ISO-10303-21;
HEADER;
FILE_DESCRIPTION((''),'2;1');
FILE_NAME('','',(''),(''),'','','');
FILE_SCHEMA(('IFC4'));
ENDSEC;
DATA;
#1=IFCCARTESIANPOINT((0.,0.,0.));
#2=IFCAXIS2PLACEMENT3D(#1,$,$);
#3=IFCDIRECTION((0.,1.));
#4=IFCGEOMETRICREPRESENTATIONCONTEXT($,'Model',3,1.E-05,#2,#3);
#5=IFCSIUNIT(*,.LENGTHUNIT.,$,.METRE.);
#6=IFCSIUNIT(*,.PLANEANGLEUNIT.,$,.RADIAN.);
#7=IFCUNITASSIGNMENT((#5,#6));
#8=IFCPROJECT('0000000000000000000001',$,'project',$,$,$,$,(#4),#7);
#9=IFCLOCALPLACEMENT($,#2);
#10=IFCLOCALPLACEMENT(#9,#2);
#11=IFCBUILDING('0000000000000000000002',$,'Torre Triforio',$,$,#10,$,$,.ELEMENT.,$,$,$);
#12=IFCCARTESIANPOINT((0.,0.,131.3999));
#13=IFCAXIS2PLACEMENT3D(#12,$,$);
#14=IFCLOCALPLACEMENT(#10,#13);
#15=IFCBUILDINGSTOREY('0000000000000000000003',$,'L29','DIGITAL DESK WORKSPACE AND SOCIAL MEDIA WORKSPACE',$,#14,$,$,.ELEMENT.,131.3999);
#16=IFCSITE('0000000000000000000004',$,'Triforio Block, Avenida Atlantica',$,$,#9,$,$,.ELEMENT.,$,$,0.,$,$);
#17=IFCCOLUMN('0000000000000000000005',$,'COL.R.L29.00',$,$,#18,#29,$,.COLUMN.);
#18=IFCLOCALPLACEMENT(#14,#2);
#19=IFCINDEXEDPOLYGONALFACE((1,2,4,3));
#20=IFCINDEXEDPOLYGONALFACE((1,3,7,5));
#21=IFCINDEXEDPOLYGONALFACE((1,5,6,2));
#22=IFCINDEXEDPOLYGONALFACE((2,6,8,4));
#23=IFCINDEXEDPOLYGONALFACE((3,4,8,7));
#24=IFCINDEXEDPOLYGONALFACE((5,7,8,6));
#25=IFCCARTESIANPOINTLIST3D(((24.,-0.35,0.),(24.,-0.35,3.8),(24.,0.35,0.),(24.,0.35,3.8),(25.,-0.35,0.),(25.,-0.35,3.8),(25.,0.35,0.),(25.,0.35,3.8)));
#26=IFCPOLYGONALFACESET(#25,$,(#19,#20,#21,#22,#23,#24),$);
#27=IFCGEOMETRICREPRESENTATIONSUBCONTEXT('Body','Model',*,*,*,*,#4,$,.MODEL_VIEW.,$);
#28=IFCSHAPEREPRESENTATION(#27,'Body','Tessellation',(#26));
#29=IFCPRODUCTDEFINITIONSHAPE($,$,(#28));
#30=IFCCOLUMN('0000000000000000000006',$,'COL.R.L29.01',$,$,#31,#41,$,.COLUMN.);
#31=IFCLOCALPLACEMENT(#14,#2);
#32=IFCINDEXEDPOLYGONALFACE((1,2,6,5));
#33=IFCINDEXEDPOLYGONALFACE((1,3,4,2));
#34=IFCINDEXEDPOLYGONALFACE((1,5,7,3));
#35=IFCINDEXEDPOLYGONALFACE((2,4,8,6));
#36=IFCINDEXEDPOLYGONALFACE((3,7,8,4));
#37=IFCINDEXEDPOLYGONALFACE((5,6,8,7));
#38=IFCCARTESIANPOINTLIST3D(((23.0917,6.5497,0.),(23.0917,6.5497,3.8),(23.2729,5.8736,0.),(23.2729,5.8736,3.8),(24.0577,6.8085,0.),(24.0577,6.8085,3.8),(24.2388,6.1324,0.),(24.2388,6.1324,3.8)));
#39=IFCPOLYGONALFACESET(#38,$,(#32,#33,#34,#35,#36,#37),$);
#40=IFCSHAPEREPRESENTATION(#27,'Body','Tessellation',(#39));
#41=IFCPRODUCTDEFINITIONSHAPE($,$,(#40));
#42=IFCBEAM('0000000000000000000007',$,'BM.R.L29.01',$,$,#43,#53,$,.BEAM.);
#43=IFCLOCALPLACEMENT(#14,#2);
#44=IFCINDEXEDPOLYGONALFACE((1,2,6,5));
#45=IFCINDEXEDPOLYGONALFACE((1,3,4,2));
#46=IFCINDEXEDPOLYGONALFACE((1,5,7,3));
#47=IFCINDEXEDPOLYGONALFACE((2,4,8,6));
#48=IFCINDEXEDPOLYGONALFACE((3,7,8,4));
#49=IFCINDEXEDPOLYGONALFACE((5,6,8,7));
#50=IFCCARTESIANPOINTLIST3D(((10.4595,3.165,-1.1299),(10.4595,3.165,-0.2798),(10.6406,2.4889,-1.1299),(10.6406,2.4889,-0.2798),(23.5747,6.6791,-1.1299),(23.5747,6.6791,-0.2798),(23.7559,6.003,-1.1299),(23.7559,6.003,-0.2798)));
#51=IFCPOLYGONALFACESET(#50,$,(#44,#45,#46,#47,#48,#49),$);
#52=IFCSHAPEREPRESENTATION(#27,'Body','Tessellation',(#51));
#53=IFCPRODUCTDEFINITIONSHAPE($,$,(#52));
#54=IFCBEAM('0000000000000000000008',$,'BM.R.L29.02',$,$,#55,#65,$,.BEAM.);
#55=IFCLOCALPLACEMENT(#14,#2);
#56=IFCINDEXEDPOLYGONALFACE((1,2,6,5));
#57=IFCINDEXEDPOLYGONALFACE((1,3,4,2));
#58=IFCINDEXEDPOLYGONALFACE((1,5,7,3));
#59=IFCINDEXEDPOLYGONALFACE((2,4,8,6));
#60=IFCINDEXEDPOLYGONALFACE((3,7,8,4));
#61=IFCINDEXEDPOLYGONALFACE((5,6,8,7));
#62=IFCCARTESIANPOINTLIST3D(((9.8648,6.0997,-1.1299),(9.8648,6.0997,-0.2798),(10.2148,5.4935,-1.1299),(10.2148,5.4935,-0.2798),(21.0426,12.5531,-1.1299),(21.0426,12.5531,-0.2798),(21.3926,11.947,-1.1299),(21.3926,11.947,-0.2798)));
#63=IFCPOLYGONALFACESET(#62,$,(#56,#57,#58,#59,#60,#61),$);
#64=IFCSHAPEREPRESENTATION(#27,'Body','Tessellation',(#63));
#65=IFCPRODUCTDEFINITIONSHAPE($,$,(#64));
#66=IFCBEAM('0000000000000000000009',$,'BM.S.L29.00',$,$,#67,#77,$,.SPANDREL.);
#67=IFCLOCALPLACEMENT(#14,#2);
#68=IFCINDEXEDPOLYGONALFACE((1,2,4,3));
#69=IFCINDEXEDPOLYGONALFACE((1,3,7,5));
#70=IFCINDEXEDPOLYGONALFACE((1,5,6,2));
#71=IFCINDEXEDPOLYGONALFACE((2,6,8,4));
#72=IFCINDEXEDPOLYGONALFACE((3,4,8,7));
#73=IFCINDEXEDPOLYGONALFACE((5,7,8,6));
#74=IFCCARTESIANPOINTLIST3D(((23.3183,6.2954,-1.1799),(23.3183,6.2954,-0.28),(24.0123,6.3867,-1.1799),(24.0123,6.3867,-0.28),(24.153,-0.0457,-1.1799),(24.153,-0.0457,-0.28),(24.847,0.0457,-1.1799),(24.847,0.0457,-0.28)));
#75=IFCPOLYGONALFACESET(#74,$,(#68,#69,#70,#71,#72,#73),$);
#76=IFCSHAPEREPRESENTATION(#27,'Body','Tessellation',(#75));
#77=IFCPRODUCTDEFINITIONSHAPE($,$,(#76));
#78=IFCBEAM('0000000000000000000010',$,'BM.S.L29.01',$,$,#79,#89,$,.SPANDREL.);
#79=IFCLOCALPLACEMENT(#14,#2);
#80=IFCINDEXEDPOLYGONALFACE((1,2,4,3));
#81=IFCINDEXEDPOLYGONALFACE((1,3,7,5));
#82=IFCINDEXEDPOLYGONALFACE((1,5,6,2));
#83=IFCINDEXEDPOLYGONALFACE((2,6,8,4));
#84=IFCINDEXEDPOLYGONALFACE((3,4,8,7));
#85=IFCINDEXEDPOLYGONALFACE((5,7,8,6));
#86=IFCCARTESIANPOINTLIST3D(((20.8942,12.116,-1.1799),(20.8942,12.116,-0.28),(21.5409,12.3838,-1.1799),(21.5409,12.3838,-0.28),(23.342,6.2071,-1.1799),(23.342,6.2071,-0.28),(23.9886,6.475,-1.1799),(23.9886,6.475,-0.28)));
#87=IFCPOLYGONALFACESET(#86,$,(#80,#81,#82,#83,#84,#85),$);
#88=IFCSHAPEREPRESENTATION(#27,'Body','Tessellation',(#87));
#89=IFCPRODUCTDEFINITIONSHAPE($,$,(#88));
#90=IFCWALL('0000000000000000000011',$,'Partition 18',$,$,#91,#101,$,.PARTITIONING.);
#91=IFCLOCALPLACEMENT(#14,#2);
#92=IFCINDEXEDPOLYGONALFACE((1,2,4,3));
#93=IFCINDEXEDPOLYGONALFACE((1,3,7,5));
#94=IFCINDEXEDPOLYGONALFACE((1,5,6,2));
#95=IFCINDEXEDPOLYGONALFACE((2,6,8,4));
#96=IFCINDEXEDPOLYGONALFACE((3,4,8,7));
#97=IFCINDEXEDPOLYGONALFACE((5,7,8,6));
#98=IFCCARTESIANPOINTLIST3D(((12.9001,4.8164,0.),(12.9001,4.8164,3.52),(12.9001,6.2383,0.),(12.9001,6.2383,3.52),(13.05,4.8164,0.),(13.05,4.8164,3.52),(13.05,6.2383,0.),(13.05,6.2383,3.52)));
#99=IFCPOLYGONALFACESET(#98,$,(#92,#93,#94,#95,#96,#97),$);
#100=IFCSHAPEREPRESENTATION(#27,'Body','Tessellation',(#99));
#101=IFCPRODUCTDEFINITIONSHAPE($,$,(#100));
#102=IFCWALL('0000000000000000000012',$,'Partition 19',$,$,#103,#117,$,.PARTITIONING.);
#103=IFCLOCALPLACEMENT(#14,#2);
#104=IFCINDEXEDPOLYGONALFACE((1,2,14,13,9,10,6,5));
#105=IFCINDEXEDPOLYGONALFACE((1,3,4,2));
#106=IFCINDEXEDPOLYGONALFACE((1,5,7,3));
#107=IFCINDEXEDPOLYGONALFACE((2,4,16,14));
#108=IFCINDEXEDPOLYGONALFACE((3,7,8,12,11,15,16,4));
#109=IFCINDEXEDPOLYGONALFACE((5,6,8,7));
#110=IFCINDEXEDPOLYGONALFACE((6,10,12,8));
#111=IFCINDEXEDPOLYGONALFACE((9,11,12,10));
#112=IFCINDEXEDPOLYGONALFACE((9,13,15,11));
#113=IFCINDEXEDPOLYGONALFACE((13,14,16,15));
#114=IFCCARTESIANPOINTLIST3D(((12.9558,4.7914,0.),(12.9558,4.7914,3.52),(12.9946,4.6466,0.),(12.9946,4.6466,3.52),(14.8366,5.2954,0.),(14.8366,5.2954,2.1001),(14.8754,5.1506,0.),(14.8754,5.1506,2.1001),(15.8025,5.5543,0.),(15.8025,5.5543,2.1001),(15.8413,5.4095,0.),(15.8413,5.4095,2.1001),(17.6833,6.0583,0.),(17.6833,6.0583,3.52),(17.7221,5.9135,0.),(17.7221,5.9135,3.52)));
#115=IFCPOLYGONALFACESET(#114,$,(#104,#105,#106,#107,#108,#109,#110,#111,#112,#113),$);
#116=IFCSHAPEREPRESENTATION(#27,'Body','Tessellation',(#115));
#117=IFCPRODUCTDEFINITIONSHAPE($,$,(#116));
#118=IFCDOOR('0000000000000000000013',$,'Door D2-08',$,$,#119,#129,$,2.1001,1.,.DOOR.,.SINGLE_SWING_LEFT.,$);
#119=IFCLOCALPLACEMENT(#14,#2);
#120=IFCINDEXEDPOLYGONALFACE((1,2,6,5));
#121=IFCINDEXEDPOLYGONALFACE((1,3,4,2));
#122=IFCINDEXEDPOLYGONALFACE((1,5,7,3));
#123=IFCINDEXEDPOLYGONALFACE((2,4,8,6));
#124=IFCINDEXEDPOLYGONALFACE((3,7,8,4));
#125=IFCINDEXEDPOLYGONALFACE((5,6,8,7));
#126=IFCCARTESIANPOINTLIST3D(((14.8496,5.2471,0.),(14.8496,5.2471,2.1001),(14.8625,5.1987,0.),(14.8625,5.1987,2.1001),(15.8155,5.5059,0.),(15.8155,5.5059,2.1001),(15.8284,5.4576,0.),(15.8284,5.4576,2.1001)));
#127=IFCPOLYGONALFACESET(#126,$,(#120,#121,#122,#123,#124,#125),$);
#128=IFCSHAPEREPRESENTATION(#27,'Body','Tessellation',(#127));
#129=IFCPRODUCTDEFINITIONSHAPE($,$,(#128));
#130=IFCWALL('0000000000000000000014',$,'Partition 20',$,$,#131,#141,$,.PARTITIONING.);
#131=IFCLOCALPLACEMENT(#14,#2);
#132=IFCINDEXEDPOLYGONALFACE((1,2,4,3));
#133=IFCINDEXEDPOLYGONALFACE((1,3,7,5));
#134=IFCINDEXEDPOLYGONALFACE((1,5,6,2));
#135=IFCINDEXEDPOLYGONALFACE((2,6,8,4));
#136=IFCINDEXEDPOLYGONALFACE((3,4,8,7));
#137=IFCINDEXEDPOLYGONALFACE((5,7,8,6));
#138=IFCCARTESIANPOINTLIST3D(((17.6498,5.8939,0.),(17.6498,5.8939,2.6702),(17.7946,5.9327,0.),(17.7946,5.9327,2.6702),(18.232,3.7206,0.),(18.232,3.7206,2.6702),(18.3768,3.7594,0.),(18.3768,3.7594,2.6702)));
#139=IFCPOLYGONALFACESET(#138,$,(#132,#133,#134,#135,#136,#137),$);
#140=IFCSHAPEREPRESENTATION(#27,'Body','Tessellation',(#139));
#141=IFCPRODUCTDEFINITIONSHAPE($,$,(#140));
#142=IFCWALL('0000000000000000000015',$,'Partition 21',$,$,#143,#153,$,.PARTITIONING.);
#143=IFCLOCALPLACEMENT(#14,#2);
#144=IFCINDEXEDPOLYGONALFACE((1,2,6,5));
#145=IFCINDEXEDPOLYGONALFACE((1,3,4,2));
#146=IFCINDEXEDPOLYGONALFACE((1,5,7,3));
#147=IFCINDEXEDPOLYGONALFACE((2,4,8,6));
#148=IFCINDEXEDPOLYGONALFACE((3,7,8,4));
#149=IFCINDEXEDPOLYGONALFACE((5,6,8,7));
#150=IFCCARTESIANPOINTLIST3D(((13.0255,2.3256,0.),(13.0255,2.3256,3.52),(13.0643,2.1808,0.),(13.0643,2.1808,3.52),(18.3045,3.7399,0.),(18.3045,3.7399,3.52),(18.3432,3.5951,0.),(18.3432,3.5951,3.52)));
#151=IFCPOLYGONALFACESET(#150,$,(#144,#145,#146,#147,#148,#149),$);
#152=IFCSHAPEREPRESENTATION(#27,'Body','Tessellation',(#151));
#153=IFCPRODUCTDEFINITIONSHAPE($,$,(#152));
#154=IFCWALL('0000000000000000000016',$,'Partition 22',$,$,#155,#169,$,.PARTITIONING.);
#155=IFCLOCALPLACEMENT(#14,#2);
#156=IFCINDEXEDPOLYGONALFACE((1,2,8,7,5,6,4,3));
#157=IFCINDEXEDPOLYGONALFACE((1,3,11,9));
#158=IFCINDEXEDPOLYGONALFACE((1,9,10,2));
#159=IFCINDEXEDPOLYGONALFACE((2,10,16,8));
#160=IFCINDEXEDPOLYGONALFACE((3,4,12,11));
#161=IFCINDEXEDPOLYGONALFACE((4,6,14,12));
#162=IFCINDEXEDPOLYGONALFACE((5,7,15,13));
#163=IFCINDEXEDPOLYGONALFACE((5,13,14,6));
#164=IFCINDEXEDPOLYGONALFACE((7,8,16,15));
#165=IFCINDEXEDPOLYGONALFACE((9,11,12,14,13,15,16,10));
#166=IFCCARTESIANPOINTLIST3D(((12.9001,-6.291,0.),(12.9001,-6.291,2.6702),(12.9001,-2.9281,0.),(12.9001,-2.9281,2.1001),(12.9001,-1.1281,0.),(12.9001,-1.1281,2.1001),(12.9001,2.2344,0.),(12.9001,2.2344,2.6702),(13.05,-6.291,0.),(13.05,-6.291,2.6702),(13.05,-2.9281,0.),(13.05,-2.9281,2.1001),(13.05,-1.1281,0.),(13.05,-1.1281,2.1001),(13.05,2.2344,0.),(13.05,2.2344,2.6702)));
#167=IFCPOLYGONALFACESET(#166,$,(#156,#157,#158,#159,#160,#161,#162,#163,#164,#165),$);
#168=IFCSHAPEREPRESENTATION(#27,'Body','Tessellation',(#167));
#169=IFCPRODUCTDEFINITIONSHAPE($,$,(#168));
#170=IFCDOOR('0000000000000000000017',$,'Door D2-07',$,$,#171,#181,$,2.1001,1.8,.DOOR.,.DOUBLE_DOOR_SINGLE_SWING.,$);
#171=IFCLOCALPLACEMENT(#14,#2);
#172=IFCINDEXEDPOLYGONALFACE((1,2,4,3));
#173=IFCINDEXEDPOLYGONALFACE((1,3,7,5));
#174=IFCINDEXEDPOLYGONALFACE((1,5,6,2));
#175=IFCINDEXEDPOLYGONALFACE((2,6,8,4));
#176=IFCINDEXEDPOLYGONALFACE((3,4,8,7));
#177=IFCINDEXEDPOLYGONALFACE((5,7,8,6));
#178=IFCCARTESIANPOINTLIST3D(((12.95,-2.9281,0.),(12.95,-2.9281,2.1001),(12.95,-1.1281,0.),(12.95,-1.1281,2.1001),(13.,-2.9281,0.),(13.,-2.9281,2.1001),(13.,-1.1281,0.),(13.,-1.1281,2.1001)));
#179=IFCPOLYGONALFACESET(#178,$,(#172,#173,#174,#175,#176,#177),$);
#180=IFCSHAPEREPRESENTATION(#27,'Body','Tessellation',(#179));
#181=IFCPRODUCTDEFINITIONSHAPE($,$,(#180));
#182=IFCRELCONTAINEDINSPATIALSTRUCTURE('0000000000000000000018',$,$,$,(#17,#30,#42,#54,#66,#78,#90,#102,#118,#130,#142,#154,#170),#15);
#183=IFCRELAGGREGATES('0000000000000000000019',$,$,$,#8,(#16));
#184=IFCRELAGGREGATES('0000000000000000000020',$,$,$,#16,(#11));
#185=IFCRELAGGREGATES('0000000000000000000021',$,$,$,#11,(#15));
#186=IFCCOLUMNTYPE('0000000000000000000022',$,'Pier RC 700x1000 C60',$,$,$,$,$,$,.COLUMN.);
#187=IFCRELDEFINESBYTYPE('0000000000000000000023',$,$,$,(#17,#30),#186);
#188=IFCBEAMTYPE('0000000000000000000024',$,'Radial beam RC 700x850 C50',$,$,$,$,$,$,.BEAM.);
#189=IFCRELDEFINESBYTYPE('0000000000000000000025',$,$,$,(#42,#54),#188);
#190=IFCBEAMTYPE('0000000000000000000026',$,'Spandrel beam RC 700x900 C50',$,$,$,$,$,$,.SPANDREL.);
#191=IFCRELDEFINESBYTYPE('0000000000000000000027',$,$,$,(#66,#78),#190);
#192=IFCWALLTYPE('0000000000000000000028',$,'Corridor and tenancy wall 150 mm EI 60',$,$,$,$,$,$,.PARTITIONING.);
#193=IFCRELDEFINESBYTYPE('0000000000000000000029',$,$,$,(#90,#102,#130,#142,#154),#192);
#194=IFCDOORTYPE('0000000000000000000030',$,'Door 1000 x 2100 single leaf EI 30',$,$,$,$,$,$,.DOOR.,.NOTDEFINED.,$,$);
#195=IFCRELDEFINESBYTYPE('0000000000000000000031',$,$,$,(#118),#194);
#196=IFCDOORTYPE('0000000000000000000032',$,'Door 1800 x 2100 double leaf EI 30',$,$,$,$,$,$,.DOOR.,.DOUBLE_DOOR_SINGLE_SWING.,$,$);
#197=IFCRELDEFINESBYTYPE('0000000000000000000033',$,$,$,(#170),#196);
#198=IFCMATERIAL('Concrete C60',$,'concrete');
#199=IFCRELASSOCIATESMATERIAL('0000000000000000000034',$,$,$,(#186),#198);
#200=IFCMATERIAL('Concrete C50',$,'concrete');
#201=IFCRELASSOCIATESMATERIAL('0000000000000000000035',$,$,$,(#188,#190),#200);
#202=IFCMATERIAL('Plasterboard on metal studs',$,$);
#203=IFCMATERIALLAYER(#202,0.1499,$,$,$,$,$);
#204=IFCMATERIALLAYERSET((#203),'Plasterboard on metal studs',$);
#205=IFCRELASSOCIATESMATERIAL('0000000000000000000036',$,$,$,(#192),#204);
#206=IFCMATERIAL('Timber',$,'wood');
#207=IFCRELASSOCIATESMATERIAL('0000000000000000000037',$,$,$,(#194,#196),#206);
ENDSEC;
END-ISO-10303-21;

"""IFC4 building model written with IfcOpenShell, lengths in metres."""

from ifc_helpers import new_model, si_unit, direction, frame, frame_2d, origin, origin_2d, place, context, subcontext, project, spatial, rectangle, extrude, material, layer, layer_set, material_profile, profile_set, type_object, element, fill, save


model = new_model("IFC4")

# Units and contexts
model_context = context("Model", 3, precision=1e-05, world=origin(), true_north=direction((0.0, 1.0)))
body_context = subcontext(model_context, "Body", "Model", "MODEL_VIEW")
ifc_project = project(units=[si_unit("LENGTHUNIT", "METRE"), si_unit("PLANEANGLEUNIT", "RADIAN")], contexts=[model_context])

# Site, building, storey
site_placement = place(None, origin())
site = spatial("IfcSite", under=ifc_project, at=site_placement, Name="Triforio Block, Avenida Atlantica", CompositionType="ELEMENT", RefElevation=0.0)
building_placement = place(site_placement, origin())
building = spatial("IfcBuilding", under=site, at=building_placement, Name="Torre Triforio", CompositionType="ELEMENT")
storey_placement = place(building_placement, frame((0.0, 0.0, 131.3999)))
storey = spatial("IfcBuildingStorey", under=building, at=storey_placement, Name="L29", Description="DIGITAL DESK WORKSPACE AND SOCIAL MEDIA WORKSPACE", CompositionType="ELEMENT", Elevation=131.3999)

# Columns
ifc_material_1 = material(Name="Concrete C60", Category="concrete")
ifc_material_profile_1 = material_profile(ifc_material_1, rectangle(XDim=0.7, YDim=1.0, at=origin_2d()), Name="RC 700x1000")
ifc_profile_set_1 = profile_set([ifc_material_profile_1], Name="Concrete C60")
column_type = type_object("IfcColumnType", Name="Pier RC 700x1000 C60", PredefinedType="COLUMN", material=ifc_profile_set_1)
for number, where, z_axis, x_axis, name in (
    (1, (24.5, 0.0, 0.0), (0.0, 0.0, 1.0), (0.0, 1.0, 0.0), "COL.R.L29.00"),
    (2, (23.6653, 6.3411, 0.0), (0.0, 0.0, 1.0), (-0.258819, 0.965926, 0.0), "COL.R.L29.01"),
):
    element("IfcColumn", number, at=place(storey_placement, frame(where, z_axis=z_axis, x_axis=x_axis)), inside=storey, type_object=column_type, Name=name, PredefinedType="COLUMN", context=body_context, shape_type="SweptSolid", body=[
        extrude(rectangle(XDim=0.7, YDim=1.0, at=origin_2d()), origin(), (0.0, 0.0, 1.0), 3.8),
    ])

# Beams
ifc_material_2 = material(Name="Concrete C50", Category="concrete")
ifc_material_profile_2 = material_profile(ifc_material_2, rectangle(XDim=0.7, YDim=0.8501, at=origin_2d()), Name="RC 700x850")
ifc_profile_set_2 = profile_set([ifc_material_profile_2], Name="Concrete C50")
beam_type_1 = type_object("IfcBeamType", Name="Radial beam RC 700x850 C50", PredefinedType="BEAM", material=ifc_profile_set_2)
beam_1_placement = place(storey_placement, frame((10.55, 2.8269, -0.7048), z_axis=(0.965927, 0.258815, 0.0), x_axis=(-0.258815, 0.965927, 0.0)))
element("IfcBeam", 3, at=beam_1_placement, inside=storey, type_object=beam_type_1, Name="BM.R.L29.01", PredefinedType="BEAM", context=body_context, shape_type="SweptSolid", body=[
    extrude(rectangle(XDim=0.7, YDim=0.8501, at=origin_2d()), origin(), (0.0, 0.0, 1.0), 13.5779),
])
beam_2_placement = place(storey_placement, frame((10.0398, 5.7966, -0.7048), z_axis=(0.866029, 0.499994, 0.0), x_axis=(-0.499994, 0.866029, 0.0)))
element("IfcBeam", 4, at=beam_2_placement, inside=storey, type_object=beam_type_1, Name="BM.R.L29.02", PredefinedType="BEAM", context=body_context, shape_type="SweptSolid", body=[
    extrude(rectangle(XDim=0.7, YDim=0.8501, at=origin_2d()), origin(), (0.0, 0.0, 1.0), 12.907),
])
ifc_material_profile_3 = material_profile(ifc_material_2, rectangle(XDim=0.7, YDim=0.8999, at=origin_2d()), Name="RC 700x900")
ifc_profile_set_3 = profile_set([ifc_material_profile_3], Name="Concrete C50")
beam_type_2 = type_object("IfcBeamType", Name="Spandrel beam RC 700x900 C50", PredefinedType="SPANDREL", material=ifc_profile_set_3)
for number, where, z_axis, x_axis, name in (
    (5, (24.5, 0.0, -0.73), (-0.130511, 0.991447, 0.0), (-0.991447, -0.130511, 0.0), "BM.S.L29.00"),
    (6, (23.6653, 6.3411, -0.73), (-0.382709, 0.923869, 0.0), (-0.923869, -0.382709, 0.0), "BM.S.L29.01"),
):
    element("IfcBeam", number, at=place(storey_placement, frame(where, z_axis=z_axis, x_axis=x_axis)), inside=storey, type_object=beam_type_2, Name=name, PredefinedType="SPANDREL", context=body_context, shape_type="SweptSolid", body=[
        extrude(rectangle(XDim=0.7, YDim=0.8999, at=origin_2d()), origin(), (0.0, 0.0, 1.0), 6.3958),
    ])

# Wall
ifc_material_3 = material(Name="Plasterboard on metal studs")
ifc_layer_1 = layer(ifc_material_3, 0.1499)
ifc_layer_set_1 = layer_set([ifc_layer_1], Name="Plasterboard on metal studs")
wall_type_1 = type_object("IfcWallType", Name="Corridor and tenancy wall 150 mm EI 60", PredefinedType="PARTITIONING", material=ifc_layer_set_1)
wall_1_placement = place(storey_placement, frame((12.9751, 6.2383, 0.0), z_axis=(0.0, 0.0, 1.0), x_axis=(0.0, -1.0, 0.0)))
element("IfcWall", 7, at=wall_1_placement, inside=storey, type_object=wall_type_1, Name="Partition 18", PredefinedType="PARTITIONING", context=body_context, shape_type="SweptSolid", body=[
    extrude(rectangle(XDim=1.4219, YDim=0.1499, at=frame_2d((0.7109, 0.0))), origin(), (0.0, 0.0, 1.0), 3.52),
])

# Wall, opening, door
wall_2_placement = place(storey_placement, frame((12.9751, 4.719, 0.0), z_axis=(0.0, 0.0, 1.0), x_axis=(0.96592, 0.258839, 0.0)))
wall_2 = element("IfcWall", 8, at=wall_2_placement, inside=storey, type_object=wall_type_1, Name="Partition 19", PredefinedType="PARTITIONING", context=body_context, shape_type="SweptSolid", body=[
    extrude(rectangle(XDim=4.8943, YDim=0.1499, at=frame_2d((2.4473, 0.0))), origin(), (0.0, 0.0, 1.0), 3.52),
])
opening_1_placement = place(wall_2_placement, frame((1.9473, 0.0, 0.0)))
opening_1 = element("IfcOpeningElement", 9, at=opening_1_placement, cuts=wall_2, PredefinedType="OPENING", context=body_context, shape_type="SweptSolid", body=[
    extrude(rectangle(XDim=1.0, YDim=2.1001, at=frame_2d((0.5, 1.05))), frame((0.0, 0.085, 0.0), z_axis=(0.0, -1.0, 0.0), x_axis=(1.0, 0.0, 0.0)), (0.0, 0.0, 1.0), 0.1699),
])
ifc_material_4 = material(Name="Timber", Category="wood")
door_type_1 = type_object("IfcDoorType", Name="Door 1000 x 2100 single leaf EI 30", OperationType="NOTDEFINED", PredefinedType="DOOR", material=ifc_material_4)
door_1_placement = place(opening_1_placement, origin())
door_1 = element("IfcDoor", 10, at=door_1_placement, inside=storey, type_object=door_type_1, Name="Door D2-08", OperationType="SINGLE_SWING_LEFT", OverallHeight=2.1001, OverallWidth=1.0, PredefinedType="DOOR", context=body_context, shape_type="SweptSolid", body=[
    extrude(rectangle(XDim=1.0, YDim=2.1001, at=frame_2d((0.5, 1.05))), frame((0.0, 0.0249, 0.0), z_axis=(0.0, -1.0, 0.0), x_axis=(1.0, 0.0, 0.0)), (0.0, 0.0, 1.0), 0.05),
])
fill(opening_1, door_1)

# Walls
wall_3_placement = place(storey_placement, frame((17.7222, 5.9133, 0.0), z_axis=(0.0, 0.0, 1.0), x_axis=(0.25879, -0.965934, 0.0)))
element("IfcWall", 11, at=wall_3_placement, inside=storey, type_object=wall_type_1, Name="Partition 20", PredefinedType="PARTITIONING", context=body_context, shape_type="SweptSolid", body=[
    extrude(rectangle(XDim=2.25, YDim=0.1499, at=frame_2d((1.125, 0.0))), origin(), (0.0, 0.0, 1.0), 2.6702),
])
wall_4_placement = place(storey_placement, frame((18.3237, 3.6675, 0.0), z_axis=(0.0, 0.0, 1.0), x_axis=(-0.965932, -0.258794, 0.0)))
element("IfcWall", 12, at=wall_4_placement, inside=storey, type_object=wall_type_1, Name="Partition 21", PredefinedType="PARTITIONING", context=body_context, shape_type="SweptSolid", body=[
    extrude(rectangle(XDim=5.4651, YDim=0.1499, at=frame_2d((2.7324, 0.0))), origin(), (0.0, 0.0, 1.0), 3.52),
])

# Wall, opening, door
wall_5_placement = place(storey_placement, frame((12.9751, 2.2344, 0.0), z_axis=(0.0, 0.0, 1.0), x_axis=(0.0, -1.0, 0.0)))
wall_5 = element("IfcWall", 13, at=wall_5_placement, inside=storey, type_object=wall_type_1, Name="Partition 22", PredefinedType="PARTITIONING", context=body_context, shape_type="SweptSolid", body=[
    extrude(rectangle(XDim=8.5254, YDim=0.1499, at=frame_2d((4.2627, 0.0))), origin(), (0.0, 0.0, 1.0), 2.6702),
])
opening_2_placement = place(wall_5_placement, frame((3.3625, 0.0, 0.0)))
opening_2 = element("IfcOpeningElement", 14, at=opening_2_placement, cuts=wall_5, PredefinedType="OPENING", context=body_context, shape_type="SweptSolid", body=[
    extrude(rectangle(XDim=1.8, YDim=2.1001, at=frame_2d((0.8999, 1.05))), frame((0.0, 0.085, 0.0), z_axis=(0.0, -1.0, 0.0), x_axis=(1.0, 0.0, 0.0)), (0.0, 0.0, 1.0), 0.1699),
])
door_type_2 = type_object("IfcDoorType", Name="Door 1800 x 2100 double leaf EI 30", OperationType="DOUBLE_DOOR_SINGLE_SWING", PredefinedType="DOOR", material=ifc_material_4)
door_2_placement = place(opening_2_placement, origin())
door_2 = element("IfcDoor", 15, at=door_2_placement, inside=storey, type_object=door_type_2, Name="Door D2-07", OperationType="DOUBLE_DOOR_SINGLE_SWING", OverallHeight=2.1001, OverallWidth=1.8, PredefinedType="DOOR", context=body_context, shape_type="SweptSolid", body=[
    extrude(rectangle(XDim=1.8, YDim=2.1001, at=frame_2d((0.8999, 1.05))), frame((0.0, 0.0249, 0.0), z_axis=(0.0, -1.0, 0.0), x_axis=(1.0, 0.0, 0.0)), (0.0, 0.0, 1.0), 0.05),
])
fill(opening_2, door_2)

save(model, "model.ifc")
